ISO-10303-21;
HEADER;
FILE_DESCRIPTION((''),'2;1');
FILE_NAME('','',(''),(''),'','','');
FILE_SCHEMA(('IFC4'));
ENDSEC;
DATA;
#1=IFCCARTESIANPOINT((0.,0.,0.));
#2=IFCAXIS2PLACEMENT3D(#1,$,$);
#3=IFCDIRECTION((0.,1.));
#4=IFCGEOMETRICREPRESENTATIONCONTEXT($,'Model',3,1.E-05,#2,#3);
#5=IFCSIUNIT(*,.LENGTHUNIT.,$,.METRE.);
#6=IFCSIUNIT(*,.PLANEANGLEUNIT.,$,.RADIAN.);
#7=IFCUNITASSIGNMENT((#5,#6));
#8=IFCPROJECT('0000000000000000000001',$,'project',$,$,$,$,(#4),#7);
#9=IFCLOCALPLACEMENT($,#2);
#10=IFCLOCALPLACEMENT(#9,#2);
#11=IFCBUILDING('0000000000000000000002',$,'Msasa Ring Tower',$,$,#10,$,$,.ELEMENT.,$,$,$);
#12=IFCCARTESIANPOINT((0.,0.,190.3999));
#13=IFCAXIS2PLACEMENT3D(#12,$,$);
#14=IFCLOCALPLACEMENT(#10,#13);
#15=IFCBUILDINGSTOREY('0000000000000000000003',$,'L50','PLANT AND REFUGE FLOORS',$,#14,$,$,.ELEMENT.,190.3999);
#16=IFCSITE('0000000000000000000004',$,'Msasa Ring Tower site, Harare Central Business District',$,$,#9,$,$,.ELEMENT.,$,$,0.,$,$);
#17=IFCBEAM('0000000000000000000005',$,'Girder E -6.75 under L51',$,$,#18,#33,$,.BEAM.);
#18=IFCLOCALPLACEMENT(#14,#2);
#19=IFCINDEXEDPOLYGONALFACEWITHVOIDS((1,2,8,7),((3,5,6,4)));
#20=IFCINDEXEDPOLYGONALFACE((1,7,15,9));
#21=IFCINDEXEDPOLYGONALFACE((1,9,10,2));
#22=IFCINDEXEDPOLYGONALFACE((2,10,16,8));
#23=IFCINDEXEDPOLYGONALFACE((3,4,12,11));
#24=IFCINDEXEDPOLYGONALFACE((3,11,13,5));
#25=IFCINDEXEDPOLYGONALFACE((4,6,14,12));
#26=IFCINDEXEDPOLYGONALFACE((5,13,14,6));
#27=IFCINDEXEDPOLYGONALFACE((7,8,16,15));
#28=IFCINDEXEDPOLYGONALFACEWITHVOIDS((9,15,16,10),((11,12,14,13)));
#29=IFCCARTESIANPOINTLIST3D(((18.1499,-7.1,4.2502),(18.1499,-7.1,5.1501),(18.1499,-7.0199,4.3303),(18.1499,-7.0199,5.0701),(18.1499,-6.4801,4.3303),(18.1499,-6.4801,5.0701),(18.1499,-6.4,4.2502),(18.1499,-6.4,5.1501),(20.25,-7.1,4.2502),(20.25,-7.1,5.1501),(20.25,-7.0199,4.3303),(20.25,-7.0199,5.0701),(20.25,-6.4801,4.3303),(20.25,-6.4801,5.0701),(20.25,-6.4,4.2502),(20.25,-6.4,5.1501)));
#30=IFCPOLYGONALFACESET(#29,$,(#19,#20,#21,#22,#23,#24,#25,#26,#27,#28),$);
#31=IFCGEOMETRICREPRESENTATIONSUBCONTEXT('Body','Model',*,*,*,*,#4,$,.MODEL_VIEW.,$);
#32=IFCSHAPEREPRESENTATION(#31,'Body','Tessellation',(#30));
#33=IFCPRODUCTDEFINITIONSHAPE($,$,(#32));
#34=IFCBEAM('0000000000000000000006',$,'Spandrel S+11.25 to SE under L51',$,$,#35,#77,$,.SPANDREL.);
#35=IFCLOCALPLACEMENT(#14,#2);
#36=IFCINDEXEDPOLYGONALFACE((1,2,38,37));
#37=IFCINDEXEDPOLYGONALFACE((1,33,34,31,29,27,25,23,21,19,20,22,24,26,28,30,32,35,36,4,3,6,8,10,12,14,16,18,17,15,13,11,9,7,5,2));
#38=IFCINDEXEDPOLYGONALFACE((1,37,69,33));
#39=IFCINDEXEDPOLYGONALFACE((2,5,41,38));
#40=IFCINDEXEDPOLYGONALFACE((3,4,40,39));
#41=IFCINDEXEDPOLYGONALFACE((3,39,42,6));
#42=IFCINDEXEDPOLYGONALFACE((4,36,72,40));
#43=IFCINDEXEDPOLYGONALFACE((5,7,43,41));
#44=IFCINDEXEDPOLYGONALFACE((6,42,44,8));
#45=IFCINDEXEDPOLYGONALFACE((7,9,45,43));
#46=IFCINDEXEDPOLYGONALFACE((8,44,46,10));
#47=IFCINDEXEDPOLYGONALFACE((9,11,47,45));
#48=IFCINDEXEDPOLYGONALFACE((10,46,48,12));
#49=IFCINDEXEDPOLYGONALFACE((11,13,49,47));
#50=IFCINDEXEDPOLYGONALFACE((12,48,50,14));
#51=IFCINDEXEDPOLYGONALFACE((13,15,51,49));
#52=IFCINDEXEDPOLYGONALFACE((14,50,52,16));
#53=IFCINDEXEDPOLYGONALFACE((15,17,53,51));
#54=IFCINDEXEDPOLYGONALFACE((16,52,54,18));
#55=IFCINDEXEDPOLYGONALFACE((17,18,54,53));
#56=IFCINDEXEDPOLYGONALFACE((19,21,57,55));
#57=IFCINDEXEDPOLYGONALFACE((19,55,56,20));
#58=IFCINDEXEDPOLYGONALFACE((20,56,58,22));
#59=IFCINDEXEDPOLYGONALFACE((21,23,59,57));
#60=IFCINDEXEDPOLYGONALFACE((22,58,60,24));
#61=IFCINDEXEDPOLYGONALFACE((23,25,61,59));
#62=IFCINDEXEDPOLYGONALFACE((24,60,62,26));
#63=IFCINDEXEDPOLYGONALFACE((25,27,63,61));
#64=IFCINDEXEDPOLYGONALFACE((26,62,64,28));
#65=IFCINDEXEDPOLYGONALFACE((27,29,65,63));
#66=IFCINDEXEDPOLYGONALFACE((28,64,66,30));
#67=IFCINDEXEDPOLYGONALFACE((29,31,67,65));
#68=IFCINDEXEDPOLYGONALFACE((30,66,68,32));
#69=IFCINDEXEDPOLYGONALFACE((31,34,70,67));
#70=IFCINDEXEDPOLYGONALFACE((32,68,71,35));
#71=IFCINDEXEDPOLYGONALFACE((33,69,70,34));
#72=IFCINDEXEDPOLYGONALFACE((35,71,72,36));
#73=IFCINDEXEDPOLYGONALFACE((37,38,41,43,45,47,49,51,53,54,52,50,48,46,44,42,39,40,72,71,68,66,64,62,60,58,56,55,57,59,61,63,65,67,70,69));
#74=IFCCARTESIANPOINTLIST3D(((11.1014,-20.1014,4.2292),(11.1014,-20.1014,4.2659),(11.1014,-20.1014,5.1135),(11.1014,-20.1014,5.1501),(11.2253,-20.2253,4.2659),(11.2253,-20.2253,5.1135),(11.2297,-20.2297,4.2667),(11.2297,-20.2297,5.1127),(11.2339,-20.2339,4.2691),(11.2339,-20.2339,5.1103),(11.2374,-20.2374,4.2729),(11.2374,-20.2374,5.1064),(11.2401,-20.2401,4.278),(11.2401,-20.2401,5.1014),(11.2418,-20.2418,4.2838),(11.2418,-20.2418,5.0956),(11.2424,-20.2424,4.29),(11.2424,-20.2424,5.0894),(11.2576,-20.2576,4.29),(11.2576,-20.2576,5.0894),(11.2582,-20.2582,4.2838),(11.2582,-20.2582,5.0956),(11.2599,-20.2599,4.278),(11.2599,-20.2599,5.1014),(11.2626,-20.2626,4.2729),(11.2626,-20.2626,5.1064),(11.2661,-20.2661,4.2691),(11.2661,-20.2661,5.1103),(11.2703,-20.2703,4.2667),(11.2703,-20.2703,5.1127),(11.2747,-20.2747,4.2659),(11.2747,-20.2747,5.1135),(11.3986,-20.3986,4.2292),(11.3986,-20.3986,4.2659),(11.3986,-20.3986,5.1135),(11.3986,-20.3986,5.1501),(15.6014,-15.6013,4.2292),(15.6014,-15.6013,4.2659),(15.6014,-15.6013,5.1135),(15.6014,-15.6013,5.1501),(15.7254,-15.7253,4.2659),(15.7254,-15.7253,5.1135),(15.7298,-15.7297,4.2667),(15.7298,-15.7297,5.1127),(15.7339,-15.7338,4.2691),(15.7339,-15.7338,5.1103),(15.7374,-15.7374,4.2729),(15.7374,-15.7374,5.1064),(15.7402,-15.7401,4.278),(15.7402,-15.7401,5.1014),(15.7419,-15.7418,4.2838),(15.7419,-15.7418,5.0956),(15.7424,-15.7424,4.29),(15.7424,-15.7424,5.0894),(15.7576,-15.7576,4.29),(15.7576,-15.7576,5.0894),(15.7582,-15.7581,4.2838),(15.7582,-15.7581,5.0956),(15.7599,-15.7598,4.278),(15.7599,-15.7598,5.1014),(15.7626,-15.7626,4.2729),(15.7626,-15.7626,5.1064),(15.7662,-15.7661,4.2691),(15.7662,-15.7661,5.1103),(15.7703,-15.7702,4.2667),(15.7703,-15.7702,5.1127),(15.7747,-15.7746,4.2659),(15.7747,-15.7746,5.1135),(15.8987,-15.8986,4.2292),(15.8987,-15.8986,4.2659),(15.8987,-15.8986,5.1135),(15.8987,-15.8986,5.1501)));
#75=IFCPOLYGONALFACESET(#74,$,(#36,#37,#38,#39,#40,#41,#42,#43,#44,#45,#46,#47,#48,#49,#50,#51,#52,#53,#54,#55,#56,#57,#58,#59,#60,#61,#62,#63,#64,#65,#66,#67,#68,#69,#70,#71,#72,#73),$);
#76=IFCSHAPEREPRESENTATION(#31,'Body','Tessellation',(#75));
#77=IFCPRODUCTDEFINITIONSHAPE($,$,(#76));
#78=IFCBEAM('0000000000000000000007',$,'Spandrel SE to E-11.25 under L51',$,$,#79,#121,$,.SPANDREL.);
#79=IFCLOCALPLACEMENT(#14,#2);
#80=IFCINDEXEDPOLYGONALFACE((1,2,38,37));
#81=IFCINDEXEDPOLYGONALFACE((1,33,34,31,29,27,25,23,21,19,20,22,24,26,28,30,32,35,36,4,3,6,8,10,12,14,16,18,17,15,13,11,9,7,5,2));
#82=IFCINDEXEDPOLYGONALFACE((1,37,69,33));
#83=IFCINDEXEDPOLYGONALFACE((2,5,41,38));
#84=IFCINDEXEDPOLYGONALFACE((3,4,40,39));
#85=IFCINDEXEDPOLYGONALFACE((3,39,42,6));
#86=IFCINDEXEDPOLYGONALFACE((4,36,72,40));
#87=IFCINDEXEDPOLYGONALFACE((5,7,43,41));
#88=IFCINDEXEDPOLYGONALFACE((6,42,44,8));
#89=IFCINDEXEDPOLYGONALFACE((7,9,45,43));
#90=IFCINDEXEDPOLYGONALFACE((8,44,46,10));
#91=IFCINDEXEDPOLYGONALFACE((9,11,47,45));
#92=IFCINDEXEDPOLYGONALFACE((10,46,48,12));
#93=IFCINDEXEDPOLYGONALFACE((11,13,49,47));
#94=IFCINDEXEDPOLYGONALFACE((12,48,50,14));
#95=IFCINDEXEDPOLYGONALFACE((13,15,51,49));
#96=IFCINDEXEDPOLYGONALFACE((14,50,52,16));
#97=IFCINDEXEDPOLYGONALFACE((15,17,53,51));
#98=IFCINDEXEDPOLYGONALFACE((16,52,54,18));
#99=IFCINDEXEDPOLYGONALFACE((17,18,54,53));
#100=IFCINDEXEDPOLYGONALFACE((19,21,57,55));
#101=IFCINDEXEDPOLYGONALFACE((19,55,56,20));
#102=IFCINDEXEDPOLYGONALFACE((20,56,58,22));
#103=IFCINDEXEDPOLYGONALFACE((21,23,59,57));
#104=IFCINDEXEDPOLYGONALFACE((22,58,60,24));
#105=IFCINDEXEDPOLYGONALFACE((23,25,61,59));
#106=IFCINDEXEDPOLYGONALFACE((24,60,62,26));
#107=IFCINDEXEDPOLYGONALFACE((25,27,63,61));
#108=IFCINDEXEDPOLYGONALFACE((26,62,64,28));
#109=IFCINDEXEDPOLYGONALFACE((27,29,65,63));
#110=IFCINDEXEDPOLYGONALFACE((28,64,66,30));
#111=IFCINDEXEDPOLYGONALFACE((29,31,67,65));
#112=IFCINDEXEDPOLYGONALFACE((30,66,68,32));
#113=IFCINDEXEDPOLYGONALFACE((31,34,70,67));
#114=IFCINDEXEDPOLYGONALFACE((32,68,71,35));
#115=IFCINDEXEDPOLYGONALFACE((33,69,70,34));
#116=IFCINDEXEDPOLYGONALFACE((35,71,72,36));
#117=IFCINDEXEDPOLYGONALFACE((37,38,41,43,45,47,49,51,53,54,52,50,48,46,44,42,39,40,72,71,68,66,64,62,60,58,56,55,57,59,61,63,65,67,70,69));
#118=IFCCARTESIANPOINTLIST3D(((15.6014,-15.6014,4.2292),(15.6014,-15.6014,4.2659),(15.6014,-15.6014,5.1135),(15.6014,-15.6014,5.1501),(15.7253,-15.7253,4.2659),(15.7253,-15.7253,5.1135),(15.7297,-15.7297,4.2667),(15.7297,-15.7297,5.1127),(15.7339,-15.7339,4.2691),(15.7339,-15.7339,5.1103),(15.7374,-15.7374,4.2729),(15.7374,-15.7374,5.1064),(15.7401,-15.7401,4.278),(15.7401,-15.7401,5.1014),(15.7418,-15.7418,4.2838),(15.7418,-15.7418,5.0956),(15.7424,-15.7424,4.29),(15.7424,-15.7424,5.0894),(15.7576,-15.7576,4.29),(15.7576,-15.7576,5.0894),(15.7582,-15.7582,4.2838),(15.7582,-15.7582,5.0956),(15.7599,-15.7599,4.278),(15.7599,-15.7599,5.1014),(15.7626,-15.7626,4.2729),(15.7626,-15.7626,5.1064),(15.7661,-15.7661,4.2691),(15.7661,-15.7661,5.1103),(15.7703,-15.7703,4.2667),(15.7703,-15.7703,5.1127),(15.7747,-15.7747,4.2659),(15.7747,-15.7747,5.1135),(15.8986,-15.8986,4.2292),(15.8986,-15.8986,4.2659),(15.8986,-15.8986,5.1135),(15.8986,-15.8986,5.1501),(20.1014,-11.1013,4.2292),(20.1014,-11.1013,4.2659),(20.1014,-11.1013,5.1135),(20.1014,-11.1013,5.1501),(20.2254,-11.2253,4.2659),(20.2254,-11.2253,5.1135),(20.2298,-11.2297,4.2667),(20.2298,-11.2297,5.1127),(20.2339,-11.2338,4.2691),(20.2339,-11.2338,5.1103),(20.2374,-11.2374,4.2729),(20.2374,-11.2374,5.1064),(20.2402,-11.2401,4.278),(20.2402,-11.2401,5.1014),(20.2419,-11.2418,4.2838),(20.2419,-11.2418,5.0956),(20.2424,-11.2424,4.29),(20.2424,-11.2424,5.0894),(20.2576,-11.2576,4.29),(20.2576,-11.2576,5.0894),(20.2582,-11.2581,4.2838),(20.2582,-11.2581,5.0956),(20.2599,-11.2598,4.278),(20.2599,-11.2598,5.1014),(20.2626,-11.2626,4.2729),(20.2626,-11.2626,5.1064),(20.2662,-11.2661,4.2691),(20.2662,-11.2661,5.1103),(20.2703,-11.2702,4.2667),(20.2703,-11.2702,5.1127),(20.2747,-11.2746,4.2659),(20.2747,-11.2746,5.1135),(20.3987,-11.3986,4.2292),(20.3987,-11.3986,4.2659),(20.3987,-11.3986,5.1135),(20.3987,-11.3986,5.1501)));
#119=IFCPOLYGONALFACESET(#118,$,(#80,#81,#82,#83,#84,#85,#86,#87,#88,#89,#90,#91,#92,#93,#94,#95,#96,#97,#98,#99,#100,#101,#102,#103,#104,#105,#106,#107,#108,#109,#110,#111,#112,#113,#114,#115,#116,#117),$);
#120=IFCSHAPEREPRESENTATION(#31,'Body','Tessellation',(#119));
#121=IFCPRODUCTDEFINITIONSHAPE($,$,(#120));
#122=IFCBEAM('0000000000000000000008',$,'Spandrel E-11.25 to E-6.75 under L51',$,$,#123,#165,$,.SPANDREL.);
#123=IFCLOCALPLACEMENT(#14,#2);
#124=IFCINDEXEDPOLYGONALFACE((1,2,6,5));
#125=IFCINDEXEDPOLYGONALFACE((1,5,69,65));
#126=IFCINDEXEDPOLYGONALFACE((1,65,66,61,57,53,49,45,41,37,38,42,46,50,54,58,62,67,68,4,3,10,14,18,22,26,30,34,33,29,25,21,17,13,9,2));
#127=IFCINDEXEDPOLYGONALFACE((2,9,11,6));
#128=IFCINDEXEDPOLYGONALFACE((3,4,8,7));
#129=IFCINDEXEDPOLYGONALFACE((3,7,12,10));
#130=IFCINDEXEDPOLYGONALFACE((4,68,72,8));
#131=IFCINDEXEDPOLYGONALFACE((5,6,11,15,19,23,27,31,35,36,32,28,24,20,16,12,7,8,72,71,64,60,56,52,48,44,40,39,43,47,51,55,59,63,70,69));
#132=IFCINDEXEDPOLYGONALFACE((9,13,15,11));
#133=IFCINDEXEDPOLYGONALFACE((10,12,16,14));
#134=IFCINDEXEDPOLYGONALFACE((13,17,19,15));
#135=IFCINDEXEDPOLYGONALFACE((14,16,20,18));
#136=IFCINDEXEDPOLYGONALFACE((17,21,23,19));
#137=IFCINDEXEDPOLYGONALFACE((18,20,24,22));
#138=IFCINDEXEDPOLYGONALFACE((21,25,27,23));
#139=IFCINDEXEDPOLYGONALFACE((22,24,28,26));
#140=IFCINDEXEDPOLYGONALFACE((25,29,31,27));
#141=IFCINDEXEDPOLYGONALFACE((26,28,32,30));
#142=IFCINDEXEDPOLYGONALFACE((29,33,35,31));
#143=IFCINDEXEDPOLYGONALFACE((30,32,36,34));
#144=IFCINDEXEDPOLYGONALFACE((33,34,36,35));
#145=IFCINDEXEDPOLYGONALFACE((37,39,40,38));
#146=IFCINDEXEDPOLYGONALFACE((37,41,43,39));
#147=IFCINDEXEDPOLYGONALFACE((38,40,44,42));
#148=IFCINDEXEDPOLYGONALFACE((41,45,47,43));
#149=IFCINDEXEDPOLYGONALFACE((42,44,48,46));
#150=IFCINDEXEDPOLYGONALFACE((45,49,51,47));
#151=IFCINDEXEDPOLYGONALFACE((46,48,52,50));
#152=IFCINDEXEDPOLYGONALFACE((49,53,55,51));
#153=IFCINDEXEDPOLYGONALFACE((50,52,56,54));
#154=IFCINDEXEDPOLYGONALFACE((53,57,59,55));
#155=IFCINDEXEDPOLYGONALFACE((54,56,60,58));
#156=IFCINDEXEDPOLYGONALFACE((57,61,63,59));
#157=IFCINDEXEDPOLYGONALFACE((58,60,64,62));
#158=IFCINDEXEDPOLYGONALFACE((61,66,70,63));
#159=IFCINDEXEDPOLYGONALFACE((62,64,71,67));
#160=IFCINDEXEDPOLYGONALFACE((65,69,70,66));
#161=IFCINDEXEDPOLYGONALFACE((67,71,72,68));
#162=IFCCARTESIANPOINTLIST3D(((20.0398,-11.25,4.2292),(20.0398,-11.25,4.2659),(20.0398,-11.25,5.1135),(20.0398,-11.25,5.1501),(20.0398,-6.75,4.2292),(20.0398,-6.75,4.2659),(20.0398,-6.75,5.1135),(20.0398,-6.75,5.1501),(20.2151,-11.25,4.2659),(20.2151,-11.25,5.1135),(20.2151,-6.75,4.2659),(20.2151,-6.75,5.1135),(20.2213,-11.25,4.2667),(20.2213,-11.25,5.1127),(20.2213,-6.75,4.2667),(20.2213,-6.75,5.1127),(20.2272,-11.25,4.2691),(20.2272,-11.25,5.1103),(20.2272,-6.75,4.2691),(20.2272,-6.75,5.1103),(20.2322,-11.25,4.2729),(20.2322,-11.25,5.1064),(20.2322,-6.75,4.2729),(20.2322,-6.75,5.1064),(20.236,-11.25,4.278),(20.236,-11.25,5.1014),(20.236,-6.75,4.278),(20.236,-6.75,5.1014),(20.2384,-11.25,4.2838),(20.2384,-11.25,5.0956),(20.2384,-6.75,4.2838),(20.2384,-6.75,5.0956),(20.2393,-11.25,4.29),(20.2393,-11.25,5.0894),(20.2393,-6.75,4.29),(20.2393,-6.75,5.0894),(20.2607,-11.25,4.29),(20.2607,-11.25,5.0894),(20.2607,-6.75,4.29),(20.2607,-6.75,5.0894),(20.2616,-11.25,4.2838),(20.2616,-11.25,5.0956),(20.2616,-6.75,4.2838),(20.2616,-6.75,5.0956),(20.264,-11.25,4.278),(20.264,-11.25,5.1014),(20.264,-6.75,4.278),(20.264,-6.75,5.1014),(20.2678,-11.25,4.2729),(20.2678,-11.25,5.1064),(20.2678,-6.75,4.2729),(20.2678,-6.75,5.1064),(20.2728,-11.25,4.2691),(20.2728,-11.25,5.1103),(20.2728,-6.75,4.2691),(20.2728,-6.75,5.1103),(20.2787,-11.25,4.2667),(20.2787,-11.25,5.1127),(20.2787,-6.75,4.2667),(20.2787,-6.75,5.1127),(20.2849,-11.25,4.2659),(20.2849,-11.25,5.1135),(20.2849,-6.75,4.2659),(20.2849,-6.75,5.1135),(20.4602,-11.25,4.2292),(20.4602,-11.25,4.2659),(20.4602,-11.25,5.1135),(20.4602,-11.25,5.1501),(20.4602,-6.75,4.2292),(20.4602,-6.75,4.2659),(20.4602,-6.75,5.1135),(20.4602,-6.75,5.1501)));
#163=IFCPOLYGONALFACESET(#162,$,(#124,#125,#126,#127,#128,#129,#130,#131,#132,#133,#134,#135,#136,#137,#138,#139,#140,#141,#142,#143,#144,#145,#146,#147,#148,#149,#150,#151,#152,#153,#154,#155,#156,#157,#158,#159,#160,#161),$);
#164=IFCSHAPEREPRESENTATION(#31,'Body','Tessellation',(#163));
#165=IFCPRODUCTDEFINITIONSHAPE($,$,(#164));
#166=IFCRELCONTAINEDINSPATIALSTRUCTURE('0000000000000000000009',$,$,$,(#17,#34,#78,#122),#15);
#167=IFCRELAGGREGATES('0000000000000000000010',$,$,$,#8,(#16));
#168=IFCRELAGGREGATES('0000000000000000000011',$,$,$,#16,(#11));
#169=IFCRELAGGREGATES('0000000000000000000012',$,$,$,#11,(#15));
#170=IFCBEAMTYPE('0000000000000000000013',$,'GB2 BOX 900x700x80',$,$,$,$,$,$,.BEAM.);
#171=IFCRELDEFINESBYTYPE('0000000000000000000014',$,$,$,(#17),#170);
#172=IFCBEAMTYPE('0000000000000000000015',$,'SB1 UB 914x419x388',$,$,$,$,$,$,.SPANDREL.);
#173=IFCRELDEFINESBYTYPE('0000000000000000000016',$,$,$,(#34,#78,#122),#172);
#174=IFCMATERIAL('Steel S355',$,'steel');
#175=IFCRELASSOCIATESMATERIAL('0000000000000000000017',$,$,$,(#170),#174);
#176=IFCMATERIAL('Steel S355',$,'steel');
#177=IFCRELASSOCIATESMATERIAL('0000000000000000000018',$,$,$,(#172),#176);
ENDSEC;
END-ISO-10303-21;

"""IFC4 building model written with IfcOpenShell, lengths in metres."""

from ifc_helpers import new_model, si_unit, direction, frame, origin, origin_2d, place, context, subcontext, project, spatial, hollow_rectangle, i_section, extrude, material, material_profile, profile_set, type_object, element, save


model = new_model("IFC4")

# Units and contexts
model_context = context("Model", 3, precision=1e-05, world=origin(), true_north=direction((0.0, 1.0)))
body_context = subcontext(model_context, "Body", "Model", "MODEL_VIEW")
ifc_project = project(units=[si_unit("LENGTHUNIT", "METRE"), si_unit("PLANEANGLEUNIT", "RADIAN")], contexts=[model_context])

# Site, building, storey
site_placement = place(None, origin())
site = spatial("IfcSite", under=ifc_project, at=site_placement, Name="Msasa Ring Tower site, Harare Central Business District", CompositionType="ELEMENT", RefElevation=0.0)
building_placement = place(site_placement, origin())
building = spatial("IfcBuilding", under=site, at=building_placement, Name="Msasa Ring Tower", CompositionType="ELEMENT")
storey_placement = place(building_placement, frame((0.0, 0.0, 190.3999)))
storey = spatial("IfcBuildingStorey", under=building, at=storey_placement, Name="L50", Description="PLANT AND REFUGE FLOORS", CompositionType="ELEMENT", Elevation=190.3999)

# Beams
ifc_material_1 = material(Name="Steel S355", Category="steel")
ifc_material_profile_1 = material_profile(ifc_material_1, hollow_rectangle(XDim=0.7, YDim=0.8999, WallThickness=0.0801, at=origin_2d()), Name="BOX 900x700x80")
ifc_profile_set_1 = profile_set([ifc_material_profile_1], Name="Steel S355")
beam_type_1 = type_object("IfcBeamType", Name="GB2 BOX 900x700x80", PredefinedType="BEAM", material=ifc_profile_set_1)
beam_1_placement = place(storey_placement, frame((18.1499, -6.75, 4.7002), z_axis=(1.0, 0.0, 0.0), x_axis=(0.0, 1.0, 0.0)))
element("IfcBeam", 1, at=beam_1_placement, inside=storey, type_object=beam_type_1, Name="Girder E -6.75 under L51", PredefinedType="BEAM", context=body_context, shape_type="SweptSolid", body=[
    extrude(hollow_rectangle(XDim=0.7, YDim=0.8999, WallThickness=0.0801, at=origin_2d()), origin(), (0.0, 0.0, 1.0), 2.1001),
])
ifc_material_2 = material(Name="Steel S355", Category="steel")
ifc_material_profile_2 = material_profile(ifc_material_2, i_section(OverallWidth=0.4204, OverallDepth=0.9209, WebThickness=0.0215, FlangeThickness=0.0366, FilletRadius=0.0242, at=origin_2d()), Name="UB 914x419x388")
ifc_profile_set_2 = profile_set([ifc_material_profile_2], Name="Steel S355")
beam_type_2 = type_object("IfcBeamType", Name="SB1 UB 914x419x388", PredefinedType="SPANDREL", material=ifc_profile_set_2)
for number, where, z_axis, x_axis, name in (
    (2, (11.25, -20.25, 4.6897), (0.707107, 0.707107, 0.0), (-0.707107, 0.707107, 0.0), "Spandrel S+11.25 to SE under L51"),
    (3, (15.75, -15.75, 4.6897), (0.707107, 0.707107, 0.0), (-0.707107, 0.707107, 0.0), "Spandrel SE to E-11.25 under L51"),
):
    element("IfcBeam", number, at=place(storey_placement, frame(where, z_axis=z_axis, x_axis=x_axis)), inside=storey, type_object=beam_type_2, Name=name, PredefinedType="SPANDREL", context=body_context, shape_type="SweptSolid", body=[
        extrude(i_section(OverallWidth=0.4204, OverallDepth=0.9209, WebThickness=0.0215, FlangeThickness=0.0366, FilletRadius=0.0242, at=origin_2d()), origin(), (0.0, 0.0, 1.0), 6.364),
    ])
beam_2_placement = place(storey_placement, frame((20.25, -11.25, 4.6897), z_axis=(0.0, 1.0, 0.0), x_axis=(-1.0, 0.0, 0.0)))
element("IfcBeam", 4, at=beam_2_placement, inside=storey, type_object=beam_type_2, Name="Spandrel E-11.25 to E-6.75 under L51", PredefinedType="SPANDREL", context=body_context, shape_type="SweptSolid", body=[
    extrude(i_section(OverallWidth=0.4204, OverallDepth=0.9209, WebThickness=0.0215, FlangeThickness=0.0366, FilletRadius=0.0242, at=origin_2d()), origin(), (0.0, 0.0, 1.0), 4.5),
])

save(model, "model.ifc")
